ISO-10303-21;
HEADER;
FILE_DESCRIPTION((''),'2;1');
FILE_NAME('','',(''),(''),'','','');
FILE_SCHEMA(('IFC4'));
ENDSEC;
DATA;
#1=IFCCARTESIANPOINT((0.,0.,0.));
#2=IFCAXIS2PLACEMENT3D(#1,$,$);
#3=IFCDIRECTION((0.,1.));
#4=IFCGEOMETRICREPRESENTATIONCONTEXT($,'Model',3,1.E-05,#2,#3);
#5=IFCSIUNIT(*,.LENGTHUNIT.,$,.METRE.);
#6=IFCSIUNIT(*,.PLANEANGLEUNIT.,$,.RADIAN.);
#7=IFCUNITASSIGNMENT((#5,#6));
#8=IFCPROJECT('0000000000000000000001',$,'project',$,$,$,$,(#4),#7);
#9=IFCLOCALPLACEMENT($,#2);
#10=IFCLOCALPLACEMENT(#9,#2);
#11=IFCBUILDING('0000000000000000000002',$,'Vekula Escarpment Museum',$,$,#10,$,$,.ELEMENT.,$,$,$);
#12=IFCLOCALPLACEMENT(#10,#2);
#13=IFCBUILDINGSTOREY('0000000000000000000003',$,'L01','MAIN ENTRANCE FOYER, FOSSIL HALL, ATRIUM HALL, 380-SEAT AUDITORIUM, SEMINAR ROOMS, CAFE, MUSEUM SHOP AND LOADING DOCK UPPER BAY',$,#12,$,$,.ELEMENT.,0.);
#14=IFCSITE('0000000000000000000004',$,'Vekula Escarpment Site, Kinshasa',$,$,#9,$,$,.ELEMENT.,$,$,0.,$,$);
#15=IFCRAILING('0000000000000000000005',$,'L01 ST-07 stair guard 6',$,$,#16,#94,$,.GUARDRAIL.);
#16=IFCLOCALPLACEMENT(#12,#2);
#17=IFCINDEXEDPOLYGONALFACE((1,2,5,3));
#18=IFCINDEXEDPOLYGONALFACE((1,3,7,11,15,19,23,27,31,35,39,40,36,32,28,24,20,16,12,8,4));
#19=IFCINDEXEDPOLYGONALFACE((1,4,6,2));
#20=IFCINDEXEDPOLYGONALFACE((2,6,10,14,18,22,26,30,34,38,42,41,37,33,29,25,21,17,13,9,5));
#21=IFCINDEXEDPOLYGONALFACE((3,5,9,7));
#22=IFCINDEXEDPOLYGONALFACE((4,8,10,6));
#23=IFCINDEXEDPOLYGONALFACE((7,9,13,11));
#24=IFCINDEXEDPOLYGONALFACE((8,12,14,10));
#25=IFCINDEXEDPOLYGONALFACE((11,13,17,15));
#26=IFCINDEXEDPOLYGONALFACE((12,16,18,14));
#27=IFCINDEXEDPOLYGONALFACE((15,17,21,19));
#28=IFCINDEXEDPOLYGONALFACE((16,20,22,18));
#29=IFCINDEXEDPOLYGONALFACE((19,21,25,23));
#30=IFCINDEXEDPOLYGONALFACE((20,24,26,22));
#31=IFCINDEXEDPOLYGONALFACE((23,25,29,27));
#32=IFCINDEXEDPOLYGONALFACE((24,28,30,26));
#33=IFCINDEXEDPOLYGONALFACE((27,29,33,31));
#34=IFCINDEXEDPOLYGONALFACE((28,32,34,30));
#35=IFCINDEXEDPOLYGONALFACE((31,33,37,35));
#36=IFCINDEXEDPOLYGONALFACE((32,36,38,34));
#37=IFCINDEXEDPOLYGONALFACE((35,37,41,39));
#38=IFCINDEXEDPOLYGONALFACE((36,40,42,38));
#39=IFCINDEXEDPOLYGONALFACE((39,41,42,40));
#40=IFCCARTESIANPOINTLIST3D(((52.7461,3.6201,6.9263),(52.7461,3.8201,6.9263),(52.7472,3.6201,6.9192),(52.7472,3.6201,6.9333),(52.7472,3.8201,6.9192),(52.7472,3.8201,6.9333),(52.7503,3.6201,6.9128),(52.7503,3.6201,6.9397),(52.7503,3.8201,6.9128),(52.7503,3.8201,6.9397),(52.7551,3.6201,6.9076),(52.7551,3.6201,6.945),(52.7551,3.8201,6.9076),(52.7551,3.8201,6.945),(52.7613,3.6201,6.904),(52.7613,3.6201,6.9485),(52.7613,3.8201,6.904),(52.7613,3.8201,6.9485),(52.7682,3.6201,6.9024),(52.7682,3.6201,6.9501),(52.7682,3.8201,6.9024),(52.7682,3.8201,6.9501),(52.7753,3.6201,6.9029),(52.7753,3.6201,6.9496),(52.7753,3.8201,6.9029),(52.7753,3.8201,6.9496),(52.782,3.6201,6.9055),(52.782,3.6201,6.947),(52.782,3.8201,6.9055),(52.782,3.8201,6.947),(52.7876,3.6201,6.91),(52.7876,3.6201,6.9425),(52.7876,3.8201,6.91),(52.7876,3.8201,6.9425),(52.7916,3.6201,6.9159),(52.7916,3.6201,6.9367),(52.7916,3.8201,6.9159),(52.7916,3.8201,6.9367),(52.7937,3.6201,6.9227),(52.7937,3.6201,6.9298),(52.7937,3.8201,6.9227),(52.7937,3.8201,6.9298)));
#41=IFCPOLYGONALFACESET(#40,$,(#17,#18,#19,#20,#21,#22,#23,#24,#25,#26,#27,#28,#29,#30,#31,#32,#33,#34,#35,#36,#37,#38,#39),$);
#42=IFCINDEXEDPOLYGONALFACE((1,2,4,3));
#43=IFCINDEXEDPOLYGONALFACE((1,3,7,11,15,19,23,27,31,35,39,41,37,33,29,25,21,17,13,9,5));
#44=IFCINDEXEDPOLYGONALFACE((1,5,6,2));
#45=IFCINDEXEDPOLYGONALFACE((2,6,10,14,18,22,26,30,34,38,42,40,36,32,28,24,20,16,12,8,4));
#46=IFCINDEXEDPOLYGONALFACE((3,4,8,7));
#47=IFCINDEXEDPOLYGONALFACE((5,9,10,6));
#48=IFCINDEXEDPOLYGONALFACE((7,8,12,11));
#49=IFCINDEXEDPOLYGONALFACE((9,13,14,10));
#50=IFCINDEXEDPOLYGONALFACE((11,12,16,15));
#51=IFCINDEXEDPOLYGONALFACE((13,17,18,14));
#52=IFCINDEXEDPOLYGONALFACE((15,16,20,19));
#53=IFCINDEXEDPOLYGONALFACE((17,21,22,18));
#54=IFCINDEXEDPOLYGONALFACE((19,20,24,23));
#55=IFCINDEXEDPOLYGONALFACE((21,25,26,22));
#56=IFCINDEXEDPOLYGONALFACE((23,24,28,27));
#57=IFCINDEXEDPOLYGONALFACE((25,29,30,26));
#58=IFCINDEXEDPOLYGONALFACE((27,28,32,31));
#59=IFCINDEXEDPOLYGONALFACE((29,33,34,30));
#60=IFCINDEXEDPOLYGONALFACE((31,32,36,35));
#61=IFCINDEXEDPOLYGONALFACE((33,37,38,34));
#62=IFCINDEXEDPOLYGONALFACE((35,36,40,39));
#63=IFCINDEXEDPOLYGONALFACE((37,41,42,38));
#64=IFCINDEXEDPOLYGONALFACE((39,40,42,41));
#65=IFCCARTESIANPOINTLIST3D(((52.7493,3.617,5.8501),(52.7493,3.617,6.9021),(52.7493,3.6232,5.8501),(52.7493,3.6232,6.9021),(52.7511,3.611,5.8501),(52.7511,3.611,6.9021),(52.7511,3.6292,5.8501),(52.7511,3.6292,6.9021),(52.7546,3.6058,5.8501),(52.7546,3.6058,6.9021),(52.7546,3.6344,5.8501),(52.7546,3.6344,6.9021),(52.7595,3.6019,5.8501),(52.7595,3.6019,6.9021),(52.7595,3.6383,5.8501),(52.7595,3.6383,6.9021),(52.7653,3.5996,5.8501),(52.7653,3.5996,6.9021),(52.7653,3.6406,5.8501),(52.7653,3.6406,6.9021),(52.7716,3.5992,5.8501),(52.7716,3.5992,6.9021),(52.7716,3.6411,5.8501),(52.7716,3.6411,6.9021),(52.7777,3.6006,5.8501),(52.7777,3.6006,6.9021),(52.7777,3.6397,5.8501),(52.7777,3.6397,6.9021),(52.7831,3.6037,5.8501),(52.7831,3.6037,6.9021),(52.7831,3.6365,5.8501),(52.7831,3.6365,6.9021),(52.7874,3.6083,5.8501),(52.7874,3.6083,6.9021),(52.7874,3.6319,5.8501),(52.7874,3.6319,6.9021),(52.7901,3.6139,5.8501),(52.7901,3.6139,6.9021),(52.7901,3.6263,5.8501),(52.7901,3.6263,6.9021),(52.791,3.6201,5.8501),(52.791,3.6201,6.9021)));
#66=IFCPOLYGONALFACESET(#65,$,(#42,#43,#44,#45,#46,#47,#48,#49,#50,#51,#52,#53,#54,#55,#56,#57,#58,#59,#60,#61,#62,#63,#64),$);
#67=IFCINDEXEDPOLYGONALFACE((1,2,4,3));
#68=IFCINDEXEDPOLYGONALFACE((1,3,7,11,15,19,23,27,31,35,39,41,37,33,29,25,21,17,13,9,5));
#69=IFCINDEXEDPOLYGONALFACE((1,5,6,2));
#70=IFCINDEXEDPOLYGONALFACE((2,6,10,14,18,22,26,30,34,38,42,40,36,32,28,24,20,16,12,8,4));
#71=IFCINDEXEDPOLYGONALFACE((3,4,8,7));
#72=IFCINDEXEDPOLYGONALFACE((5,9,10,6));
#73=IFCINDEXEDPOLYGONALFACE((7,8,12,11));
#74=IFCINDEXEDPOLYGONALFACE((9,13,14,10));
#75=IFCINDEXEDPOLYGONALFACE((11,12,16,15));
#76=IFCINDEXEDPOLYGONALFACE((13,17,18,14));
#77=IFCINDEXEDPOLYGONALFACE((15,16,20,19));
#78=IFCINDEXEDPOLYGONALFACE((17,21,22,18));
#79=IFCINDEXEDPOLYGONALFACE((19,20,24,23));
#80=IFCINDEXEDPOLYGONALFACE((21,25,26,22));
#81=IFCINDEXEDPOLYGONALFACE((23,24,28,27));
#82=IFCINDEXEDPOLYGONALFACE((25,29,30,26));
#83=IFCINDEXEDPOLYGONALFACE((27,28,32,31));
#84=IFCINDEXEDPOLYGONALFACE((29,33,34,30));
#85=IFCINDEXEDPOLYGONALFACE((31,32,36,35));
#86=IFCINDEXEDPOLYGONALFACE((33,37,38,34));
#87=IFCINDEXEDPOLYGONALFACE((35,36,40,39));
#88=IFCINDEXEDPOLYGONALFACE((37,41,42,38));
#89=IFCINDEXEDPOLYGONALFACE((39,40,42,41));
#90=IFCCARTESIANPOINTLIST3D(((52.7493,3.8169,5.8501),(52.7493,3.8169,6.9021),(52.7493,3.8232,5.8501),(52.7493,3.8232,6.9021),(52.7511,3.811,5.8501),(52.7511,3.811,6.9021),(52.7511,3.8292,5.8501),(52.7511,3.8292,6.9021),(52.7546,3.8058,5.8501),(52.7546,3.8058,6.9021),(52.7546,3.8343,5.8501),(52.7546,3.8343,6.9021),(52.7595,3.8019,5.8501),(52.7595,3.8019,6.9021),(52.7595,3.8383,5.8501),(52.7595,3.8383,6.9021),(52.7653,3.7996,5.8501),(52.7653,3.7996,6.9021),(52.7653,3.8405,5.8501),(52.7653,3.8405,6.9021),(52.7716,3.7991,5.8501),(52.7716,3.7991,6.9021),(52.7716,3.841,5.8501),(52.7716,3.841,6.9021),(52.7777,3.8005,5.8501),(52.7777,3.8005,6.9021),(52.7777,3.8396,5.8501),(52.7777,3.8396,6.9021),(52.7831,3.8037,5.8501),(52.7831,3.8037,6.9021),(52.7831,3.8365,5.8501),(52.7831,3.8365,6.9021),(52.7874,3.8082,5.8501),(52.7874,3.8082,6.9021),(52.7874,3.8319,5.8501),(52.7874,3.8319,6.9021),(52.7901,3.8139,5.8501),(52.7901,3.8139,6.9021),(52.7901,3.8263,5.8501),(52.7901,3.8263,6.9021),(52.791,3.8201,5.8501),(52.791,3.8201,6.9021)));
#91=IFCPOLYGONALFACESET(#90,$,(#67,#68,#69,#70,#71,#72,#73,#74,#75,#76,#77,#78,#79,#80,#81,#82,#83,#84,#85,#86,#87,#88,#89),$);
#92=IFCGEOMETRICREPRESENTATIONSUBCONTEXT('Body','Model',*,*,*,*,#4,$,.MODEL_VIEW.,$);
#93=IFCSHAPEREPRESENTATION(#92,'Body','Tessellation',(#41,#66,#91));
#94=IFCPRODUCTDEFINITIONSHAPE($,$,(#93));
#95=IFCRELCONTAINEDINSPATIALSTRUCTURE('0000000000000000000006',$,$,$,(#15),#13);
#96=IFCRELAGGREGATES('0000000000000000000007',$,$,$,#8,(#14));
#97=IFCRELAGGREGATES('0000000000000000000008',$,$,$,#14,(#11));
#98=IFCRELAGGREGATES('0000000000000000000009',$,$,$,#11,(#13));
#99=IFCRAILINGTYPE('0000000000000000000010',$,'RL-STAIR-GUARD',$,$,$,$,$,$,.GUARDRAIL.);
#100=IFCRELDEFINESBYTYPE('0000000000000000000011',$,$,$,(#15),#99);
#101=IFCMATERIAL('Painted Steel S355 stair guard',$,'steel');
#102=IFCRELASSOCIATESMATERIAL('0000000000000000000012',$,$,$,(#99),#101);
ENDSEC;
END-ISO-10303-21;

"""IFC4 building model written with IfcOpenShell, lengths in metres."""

from ifc_helpers import new_model, si_unit, direction, frame, origin, origin_2d, place, context, subcontext, project, spatial, circle, extrude, material, type_object, element, save


model = new_model("IFC4")

# Units and contexts
model_context = context("Model", 3, precision=1e-05, world=origin(), true_north=direction((0.0, 1.0)))
body_context = subcontext(model_context, "Body", "Model", "MODEL_VIEW")
ifc_project = project(units=[si_unit("LENGTHUNIT", "METRE"), si_unit("PLANEANGLEUNIT", "RADIAN")], contexts=[model_context])

# Site, building, storey
site_placement = place(None, origin())
site = spatial("IfcSite", under=ifc_project, at=site_placement, Name="Vekula Escarpment Site, Kinshasa", CompositionType="ELEMENT", RefElevation=0.0)
building_placement = place(site_placement, origin())
building = spatial("IfcBuilding", under=site, at=building_placement, Name="Vekula Escarpment Museum", CompositionType="ELEMENT")
storey_placement = place(building_placement, origin())
storey = spatial("IfcBuildingStorey", under=building, at=storey_placement, Name="L01", Description="MAIN ENTRANCE FOYER, FOSSIL HALL, ATRIUM HALL, 380-SEAT AUDITORIUM, SEMINAR ROOMS, CAFE, MUSEUM SHOP AND LOADING DOCK UPPER BAY", CompositionType="ELEMENT", Elevation=0.0)

# Railing
ifc_material_1 = material(Name="Painted Steel S355 stair guard", Category="steel")
railing_type_1 = type_object("IfcRailingType", Name="RL-STAIR-GUARD", PredefinedType="GUARDRAIL", material=ifc_material_1)
railing_1_placement = place(storey_placement, frame((52.77, 3.6201, 5.8501)))
element("IfcRailing", 1, at=railing_1_placement, inside=storey, type_object=railing_type_1, Name="L01 ST-07 stair guard 6", PredefinedType="GUARDRAIL", context=body_context, shape_type="SweptSolid", body=[
    extrude(circle(Radius=0.0239, at=origin_2d()), frame((0.0, 0.0, 1.0762), z_axis=(0.0, 1.0, 0.0), x_axis=(-1.0, 0.0, 0.0)), (0.0, 0.0, 1.0), 0.2),
    extrude(circle(Radius=0.021, at=origin_2d()), origin(), (0.0, 0.0, 1.0), 1.052),
    extrude(circle(Radius=0.021, at=origin_2d()), frame((0.0, 0.2, 0.0)), (0.0, 0.0, 1.0), 1.052),
])

save(model, "model.ifc")
